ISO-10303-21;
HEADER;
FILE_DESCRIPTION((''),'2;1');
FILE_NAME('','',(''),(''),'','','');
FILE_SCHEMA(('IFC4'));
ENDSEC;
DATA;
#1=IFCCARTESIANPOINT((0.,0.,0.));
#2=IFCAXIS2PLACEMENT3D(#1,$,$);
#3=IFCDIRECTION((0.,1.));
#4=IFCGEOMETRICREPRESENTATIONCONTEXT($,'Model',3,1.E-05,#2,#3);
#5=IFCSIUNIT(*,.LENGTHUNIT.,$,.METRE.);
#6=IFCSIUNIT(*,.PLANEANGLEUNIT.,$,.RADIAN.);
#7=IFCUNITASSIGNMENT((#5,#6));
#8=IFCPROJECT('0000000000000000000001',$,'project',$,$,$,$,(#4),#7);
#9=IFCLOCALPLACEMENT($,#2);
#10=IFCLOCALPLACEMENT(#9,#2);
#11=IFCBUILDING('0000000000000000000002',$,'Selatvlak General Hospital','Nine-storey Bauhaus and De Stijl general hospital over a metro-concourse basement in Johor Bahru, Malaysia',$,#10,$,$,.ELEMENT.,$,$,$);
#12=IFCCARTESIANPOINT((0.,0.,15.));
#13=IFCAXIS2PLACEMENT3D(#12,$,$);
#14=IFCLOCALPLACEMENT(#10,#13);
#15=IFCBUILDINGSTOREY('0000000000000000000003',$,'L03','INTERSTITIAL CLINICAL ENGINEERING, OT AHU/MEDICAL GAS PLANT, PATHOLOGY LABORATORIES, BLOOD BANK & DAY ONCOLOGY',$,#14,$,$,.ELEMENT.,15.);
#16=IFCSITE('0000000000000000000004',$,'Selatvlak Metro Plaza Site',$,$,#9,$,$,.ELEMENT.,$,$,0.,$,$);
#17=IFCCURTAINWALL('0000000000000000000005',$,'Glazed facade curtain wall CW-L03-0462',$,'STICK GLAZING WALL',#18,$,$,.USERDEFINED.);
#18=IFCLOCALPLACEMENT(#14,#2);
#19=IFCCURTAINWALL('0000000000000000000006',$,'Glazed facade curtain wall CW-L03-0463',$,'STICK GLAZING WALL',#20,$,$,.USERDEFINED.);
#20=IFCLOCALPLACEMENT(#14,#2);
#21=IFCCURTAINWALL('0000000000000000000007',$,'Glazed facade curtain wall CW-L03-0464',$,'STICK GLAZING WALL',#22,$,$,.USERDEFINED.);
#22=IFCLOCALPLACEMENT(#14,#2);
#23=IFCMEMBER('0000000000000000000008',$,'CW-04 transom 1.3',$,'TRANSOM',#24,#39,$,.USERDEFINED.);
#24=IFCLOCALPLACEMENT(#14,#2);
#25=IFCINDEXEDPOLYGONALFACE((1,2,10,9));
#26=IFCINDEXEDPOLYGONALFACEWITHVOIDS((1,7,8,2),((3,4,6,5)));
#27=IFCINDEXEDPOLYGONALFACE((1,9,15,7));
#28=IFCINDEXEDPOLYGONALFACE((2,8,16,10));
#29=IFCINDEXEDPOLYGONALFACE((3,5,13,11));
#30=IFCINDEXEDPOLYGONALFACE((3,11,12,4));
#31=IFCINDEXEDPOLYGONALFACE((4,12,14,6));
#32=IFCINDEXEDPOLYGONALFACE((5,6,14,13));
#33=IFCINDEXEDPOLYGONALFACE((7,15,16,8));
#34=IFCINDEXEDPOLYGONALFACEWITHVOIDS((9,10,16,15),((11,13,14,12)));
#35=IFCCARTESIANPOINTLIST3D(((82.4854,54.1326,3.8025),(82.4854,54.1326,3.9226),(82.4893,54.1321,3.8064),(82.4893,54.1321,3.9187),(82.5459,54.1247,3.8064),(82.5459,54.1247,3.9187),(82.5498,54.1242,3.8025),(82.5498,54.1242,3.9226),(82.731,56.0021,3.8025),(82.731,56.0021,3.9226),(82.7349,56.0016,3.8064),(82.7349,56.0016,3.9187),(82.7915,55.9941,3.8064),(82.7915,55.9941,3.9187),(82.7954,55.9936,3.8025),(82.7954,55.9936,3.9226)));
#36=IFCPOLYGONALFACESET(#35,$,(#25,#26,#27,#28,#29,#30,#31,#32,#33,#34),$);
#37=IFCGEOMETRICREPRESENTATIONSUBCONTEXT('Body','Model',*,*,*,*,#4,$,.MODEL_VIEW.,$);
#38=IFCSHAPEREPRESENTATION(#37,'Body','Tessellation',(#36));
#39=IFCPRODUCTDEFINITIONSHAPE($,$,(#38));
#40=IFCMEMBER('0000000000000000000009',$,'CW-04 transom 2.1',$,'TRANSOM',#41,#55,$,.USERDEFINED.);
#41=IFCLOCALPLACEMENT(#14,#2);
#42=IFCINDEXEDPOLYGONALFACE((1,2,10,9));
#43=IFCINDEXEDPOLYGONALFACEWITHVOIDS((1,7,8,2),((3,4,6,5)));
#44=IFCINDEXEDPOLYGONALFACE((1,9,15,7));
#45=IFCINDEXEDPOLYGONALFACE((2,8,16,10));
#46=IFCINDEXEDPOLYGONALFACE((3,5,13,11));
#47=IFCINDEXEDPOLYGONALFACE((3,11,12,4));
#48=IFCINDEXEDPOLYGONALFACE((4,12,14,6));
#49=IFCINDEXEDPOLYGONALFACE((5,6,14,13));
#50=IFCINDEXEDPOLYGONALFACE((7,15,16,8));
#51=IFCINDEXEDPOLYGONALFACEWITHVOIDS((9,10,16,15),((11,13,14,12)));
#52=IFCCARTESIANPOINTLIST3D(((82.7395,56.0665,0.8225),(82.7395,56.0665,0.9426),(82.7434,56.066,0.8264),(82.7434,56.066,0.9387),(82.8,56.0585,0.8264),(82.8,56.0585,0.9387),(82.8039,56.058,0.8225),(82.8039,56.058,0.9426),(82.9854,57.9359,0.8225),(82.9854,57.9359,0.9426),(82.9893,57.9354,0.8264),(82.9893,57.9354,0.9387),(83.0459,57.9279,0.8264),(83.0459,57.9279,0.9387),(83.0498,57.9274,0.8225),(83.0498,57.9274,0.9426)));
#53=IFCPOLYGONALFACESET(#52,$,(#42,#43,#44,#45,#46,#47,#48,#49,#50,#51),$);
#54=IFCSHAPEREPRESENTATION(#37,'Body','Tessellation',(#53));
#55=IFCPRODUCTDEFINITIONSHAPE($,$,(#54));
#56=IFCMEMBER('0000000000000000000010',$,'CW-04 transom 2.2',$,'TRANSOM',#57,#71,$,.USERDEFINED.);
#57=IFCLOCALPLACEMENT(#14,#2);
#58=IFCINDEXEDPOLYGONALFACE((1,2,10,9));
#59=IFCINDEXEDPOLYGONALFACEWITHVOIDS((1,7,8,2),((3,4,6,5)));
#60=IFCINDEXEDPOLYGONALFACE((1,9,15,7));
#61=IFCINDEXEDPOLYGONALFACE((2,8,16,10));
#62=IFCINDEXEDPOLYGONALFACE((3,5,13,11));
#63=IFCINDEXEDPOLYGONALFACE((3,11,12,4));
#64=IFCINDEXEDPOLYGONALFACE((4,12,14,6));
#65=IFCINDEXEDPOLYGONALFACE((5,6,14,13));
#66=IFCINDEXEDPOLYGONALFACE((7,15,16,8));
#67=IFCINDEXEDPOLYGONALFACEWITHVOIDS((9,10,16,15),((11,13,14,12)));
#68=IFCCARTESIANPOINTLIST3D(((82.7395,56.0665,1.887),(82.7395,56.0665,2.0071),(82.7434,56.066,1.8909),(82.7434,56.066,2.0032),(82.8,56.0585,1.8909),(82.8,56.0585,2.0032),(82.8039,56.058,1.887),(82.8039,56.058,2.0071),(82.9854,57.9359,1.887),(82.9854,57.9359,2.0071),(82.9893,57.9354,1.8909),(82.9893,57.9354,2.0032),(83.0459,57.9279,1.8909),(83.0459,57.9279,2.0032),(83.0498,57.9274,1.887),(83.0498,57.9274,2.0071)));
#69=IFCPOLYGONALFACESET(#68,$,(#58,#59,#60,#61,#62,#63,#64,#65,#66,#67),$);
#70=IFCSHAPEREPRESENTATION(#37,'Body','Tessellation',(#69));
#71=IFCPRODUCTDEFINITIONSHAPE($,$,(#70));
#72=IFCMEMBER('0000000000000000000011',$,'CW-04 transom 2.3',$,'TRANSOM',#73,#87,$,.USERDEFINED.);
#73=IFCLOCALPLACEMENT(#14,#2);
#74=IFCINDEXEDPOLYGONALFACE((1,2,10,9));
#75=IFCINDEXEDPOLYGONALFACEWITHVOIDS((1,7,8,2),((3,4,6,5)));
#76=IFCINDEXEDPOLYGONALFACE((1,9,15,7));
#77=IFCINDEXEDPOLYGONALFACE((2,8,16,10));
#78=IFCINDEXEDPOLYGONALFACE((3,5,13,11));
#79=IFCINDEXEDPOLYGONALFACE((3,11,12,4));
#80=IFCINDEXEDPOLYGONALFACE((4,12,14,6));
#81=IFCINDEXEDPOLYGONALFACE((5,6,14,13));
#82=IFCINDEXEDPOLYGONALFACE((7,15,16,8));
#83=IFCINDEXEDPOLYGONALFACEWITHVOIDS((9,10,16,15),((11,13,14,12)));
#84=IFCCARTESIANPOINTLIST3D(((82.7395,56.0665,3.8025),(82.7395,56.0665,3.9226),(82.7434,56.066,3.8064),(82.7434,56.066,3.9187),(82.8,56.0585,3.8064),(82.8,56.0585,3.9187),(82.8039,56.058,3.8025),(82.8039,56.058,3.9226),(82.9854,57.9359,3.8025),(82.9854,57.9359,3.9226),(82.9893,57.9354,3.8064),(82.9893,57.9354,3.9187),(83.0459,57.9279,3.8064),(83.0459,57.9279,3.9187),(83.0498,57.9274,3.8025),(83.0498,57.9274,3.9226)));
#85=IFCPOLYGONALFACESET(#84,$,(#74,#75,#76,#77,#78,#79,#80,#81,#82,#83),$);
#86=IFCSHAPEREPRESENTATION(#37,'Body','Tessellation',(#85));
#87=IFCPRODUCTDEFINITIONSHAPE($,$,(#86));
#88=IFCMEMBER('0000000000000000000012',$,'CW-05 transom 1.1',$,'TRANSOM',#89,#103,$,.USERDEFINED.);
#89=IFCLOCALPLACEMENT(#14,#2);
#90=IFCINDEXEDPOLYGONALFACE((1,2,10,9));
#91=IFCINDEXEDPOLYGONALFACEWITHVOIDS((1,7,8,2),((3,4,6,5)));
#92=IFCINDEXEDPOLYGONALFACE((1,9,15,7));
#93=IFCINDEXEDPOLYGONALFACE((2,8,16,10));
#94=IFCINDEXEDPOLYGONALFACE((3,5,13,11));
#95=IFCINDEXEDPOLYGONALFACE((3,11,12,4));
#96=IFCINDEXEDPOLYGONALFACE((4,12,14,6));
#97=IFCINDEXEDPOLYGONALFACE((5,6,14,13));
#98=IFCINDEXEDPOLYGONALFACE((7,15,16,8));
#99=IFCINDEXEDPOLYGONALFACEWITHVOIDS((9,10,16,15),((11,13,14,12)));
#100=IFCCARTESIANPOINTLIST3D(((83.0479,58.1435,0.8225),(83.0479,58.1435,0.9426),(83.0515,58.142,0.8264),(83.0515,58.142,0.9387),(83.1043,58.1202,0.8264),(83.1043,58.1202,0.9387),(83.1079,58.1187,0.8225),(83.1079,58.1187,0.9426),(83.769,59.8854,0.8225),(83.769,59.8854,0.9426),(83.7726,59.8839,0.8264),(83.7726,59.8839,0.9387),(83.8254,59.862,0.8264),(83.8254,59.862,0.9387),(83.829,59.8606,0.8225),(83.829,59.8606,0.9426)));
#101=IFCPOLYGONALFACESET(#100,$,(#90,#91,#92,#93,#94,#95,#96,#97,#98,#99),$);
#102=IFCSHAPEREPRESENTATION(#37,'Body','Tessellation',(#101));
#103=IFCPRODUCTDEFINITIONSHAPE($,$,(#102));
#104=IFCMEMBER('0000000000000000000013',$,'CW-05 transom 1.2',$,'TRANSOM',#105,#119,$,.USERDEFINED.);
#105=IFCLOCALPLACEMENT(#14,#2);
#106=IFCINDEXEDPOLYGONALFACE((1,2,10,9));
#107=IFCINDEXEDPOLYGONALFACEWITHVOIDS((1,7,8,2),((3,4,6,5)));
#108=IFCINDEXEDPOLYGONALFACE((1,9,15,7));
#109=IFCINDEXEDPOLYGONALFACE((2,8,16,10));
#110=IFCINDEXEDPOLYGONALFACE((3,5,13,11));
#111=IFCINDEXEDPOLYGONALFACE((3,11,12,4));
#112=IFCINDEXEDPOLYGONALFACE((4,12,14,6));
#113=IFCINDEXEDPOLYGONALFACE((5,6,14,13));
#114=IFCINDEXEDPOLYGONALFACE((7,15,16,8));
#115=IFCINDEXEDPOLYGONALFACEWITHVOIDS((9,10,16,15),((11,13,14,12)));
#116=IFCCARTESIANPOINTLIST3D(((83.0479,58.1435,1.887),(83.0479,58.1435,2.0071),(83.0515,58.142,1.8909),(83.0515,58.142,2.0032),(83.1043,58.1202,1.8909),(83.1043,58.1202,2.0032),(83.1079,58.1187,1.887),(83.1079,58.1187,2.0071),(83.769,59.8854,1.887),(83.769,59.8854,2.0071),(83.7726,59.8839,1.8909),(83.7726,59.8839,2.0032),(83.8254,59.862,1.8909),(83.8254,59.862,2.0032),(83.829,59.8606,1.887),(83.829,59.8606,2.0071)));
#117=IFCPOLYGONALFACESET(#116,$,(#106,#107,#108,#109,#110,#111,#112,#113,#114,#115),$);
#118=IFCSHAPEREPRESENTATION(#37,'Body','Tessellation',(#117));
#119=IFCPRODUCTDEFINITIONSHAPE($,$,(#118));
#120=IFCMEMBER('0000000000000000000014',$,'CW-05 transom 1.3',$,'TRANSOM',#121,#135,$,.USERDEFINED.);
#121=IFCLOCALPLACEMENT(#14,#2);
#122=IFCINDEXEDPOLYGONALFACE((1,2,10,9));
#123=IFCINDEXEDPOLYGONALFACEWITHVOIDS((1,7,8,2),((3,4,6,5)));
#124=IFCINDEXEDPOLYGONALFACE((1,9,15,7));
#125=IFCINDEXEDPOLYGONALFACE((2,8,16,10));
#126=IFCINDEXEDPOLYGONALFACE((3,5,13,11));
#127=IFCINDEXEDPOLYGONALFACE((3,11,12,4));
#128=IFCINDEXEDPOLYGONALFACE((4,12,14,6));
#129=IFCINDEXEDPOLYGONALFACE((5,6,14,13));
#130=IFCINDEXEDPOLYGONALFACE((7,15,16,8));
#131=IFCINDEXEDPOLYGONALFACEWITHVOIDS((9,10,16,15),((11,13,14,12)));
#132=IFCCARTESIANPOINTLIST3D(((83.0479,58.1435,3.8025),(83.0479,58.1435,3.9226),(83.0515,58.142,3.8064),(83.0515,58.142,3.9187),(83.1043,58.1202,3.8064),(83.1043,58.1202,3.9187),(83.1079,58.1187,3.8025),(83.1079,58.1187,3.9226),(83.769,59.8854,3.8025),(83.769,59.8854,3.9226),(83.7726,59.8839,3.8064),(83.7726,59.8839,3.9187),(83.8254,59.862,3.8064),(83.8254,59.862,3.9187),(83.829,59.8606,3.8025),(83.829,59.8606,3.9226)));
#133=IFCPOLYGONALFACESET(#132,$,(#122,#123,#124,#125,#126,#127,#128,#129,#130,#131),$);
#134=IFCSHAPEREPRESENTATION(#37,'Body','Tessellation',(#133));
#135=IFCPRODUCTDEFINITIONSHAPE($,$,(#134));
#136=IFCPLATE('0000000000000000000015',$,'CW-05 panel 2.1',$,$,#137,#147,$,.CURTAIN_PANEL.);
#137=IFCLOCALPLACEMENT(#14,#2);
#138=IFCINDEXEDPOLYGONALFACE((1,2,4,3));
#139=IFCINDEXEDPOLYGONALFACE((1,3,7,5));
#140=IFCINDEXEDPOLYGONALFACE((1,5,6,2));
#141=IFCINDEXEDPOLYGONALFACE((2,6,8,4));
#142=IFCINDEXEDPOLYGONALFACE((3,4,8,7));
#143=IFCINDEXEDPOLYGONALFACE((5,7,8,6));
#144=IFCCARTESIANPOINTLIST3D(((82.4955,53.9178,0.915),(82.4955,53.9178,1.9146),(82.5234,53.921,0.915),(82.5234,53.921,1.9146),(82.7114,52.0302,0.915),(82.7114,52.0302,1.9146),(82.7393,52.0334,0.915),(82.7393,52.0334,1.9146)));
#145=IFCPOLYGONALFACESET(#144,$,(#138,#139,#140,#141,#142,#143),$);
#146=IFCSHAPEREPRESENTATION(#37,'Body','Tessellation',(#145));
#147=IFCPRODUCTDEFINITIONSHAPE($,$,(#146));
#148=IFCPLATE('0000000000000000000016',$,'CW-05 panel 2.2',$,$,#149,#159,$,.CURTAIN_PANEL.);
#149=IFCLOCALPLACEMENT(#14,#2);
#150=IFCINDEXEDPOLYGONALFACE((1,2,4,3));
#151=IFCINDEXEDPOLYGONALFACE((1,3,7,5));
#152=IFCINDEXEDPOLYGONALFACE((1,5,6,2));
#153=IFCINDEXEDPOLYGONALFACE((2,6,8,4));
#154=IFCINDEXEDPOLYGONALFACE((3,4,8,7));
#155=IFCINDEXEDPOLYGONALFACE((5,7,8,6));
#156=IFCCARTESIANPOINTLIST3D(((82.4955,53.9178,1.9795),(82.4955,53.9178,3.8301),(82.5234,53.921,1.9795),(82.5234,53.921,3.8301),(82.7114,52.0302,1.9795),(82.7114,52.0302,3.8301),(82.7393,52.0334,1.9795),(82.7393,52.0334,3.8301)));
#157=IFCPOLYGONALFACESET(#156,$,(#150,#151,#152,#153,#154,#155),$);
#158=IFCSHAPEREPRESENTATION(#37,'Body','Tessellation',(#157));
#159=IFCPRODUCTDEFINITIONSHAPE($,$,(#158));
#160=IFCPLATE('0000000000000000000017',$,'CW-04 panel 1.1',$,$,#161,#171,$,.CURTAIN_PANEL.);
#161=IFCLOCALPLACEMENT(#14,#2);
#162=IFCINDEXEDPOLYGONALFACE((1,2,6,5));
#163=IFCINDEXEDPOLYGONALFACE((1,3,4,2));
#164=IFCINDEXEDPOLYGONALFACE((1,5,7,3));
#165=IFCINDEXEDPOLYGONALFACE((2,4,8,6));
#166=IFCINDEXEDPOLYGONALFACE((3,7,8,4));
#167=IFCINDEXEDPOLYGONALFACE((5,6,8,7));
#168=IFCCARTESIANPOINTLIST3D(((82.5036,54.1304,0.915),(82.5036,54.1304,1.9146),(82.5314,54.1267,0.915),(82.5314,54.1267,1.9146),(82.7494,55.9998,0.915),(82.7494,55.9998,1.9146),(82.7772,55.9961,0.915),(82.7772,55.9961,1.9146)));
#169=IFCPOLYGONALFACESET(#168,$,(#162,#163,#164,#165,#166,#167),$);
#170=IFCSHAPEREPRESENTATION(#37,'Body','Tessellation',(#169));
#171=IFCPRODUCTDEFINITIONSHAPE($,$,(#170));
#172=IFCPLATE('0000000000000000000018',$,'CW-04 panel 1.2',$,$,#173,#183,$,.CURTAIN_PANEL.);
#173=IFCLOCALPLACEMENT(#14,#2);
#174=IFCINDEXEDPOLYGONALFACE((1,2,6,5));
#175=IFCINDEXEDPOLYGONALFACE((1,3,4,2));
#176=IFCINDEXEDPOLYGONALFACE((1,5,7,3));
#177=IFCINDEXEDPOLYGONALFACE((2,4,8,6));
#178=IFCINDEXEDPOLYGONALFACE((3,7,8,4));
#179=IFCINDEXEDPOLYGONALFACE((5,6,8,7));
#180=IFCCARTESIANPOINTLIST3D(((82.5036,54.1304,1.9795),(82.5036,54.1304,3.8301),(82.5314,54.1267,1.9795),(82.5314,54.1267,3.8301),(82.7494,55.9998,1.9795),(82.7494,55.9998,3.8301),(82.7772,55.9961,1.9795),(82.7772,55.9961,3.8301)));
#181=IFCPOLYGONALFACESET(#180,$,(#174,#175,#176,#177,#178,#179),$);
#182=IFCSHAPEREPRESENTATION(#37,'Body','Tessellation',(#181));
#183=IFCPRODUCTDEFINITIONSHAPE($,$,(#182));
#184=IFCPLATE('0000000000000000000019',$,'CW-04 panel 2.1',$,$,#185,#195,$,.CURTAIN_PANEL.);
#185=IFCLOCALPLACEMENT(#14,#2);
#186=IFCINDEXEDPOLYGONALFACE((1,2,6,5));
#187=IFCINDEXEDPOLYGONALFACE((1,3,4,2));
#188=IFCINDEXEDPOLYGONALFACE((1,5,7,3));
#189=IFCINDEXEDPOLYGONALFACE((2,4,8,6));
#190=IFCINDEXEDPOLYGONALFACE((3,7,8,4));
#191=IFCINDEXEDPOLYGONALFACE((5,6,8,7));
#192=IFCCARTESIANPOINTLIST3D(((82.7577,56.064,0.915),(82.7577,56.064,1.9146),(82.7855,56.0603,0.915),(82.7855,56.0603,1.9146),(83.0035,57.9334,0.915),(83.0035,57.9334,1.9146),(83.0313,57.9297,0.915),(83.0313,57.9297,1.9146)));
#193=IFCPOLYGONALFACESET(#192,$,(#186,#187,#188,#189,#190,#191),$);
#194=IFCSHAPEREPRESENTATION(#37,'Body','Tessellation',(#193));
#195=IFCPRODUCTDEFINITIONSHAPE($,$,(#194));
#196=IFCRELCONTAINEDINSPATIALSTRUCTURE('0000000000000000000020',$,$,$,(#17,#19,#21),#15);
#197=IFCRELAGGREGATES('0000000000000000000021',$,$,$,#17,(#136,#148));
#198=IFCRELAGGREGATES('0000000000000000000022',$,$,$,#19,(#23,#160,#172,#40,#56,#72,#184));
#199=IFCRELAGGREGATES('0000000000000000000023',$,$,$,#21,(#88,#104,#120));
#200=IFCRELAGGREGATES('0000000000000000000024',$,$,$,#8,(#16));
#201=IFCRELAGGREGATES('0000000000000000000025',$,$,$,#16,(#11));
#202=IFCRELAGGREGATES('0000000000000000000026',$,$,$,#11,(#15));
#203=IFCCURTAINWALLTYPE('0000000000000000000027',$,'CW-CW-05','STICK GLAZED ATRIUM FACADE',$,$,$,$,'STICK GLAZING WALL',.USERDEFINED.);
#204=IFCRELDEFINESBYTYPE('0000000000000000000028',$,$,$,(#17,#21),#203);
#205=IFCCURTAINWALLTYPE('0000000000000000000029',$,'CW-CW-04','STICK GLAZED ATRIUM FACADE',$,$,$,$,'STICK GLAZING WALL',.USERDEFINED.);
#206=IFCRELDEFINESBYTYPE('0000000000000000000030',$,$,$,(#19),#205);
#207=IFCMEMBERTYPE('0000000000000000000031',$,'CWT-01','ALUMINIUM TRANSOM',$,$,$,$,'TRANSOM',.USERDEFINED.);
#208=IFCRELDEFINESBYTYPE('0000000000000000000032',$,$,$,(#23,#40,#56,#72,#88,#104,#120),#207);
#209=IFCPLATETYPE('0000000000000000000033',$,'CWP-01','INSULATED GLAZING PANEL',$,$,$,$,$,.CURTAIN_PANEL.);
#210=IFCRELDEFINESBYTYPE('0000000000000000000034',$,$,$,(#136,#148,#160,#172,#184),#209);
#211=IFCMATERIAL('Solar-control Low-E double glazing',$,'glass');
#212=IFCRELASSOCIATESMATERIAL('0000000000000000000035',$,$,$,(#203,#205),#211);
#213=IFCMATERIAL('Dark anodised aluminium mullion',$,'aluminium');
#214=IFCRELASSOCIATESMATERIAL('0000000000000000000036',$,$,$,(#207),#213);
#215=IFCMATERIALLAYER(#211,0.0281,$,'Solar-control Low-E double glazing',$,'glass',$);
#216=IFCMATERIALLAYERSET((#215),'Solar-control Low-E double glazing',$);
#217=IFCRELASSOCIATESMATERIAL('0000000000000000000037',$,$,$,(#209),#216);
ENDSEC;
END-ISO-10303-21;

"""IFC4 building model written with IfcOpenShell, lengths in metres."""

from ifc_helpers import new_model, si_unit, direction, frame, origin, origin_2d, place, context, subcontext, project, spatial, rectangle, hollow_rectangle, extrude, material, layer, layer_set, material_profile, profile_set, type_object, element, aggregate, save


model = new_model("IFC4")

# Units and contexts
model_context = context("Model", 3, precision=1e-05, world=origin(), true_north=direction((0.0, 1.0)))
body_context = subcontext(model_context, "Body", "Model", "MODEL_VIEW")
ifc_project = project(units=[si_unit("LENGTHUNIT", "METRE"), si_unit("PLANEANGLEUNIT", "RADIAN")], contexts=[model_context])

# Site, building, storey
site_placement = place(None, origin())
site = spatial("IfcSite", under=ifc_project, at=site_placement, Name="Selatvlak Metro Plaza Site", CompositionType="ELEMENT", RefElevation=0.0)
building_placement = place(site_placement, origin())
building = spatial("IfcBuilding", under=site, at=building_placement, Name="Selatvlak General Hospital", Description="Nine-storey Bauhaus and De Stijl general hospital over a metro-concourse basement in Johor Bahru, Malaysia", CompositionType="ELEMENT")
storey_placement = place(building_placement, frame((0.0, 0.0, 15.0)))
storey = spatial("IfcBuildingStorey", under=building, at=storey_placement, Name="L03", Description="INTERSTITIAL CLINICAL ENGINEERING, OT AHU/MEDICAL GAS PLANT, PATHOLOGY LABORATORIES, BLOOD BANK & DAY ONCOLOGY", CompositionType="ELEMENT", Elevation=15.0)

# Curtain wall
ifc_material_1 = material(Name="Solar-control Low-E double glazing", Category="glass")
curtain_wall_type_1 = type_object("IfcCurtainWallType", Name="CW-CW-05", Description="STICK GLAZED ATRIUM FACADE", ElementType="STICK GLAZING WALL", PredefinedType="USERDEFINED", material=ifc_material_1)
curtain_wall_1_placement = place(storey_placement, origin())
curtain_wall_1 = element("IfcCurtainWall", 1, at=curtain_wall_1_placement, inside=storey, type_object=curtain_wall_type_1, Name="Glazed facade curtain wall CW-L03-0462", ObjectType="STICK GLAZING WALL", PredefinedType="USERDEFINED")
ifc_material_2 = material(Name="Dark anodised aluminium mullion", Category="aluminium")

# Curtain wall
curtain_wall_type_2 = type_object("IfcCurtainWallType", Name="CW-CW-04", Description="STICK GLAZED ATRIUM FACADE", ElementType="STICK GLAZING WALL", PredefinedType="USERDEFINED", material=ifc_material_1)
curtain_wall_2_placement = place(storey_placement, origin())
curtain_wall_2 = element("IfcCurtainWall", 2, at=curtain_wall_2_placement, inside=storey, type_object=curtain_wall_type_2, Name="Glazed facade curtain wall CW-L03-0463", ObjectType="STICK GLAZING WALL", PredefinedType="USERDEFINED")

# Curtain wall
curtain_wall_3_placement = place(storey_placement, origin())
curtain_wall_3 = element("IfcCurtainWall", 3, at=curtain_wall_3_placement, inside=storey, type_object=curtain_wall_type_1, Name="Glazed facade curtain wall CW-L03-0464", ObjectType="STICK GLAZING WALL", PredefinedType="USERDEFINED")

# Members
ifc_material_profile_1 = material_profile(ifc_material_2, hollow_rectangle(XDim=0.0649, YDim=0.1201, WallThickness=0.0039, at=origin_2d()), Name="AL-TRN 65x120x4")
ifc_profile_set_1 = profile_set([ifc_material_profile_1], Name="Dark anodised aluminium mullion")
member_type_1 = type_object("IfcMemberType", Name="CWT-01", Description="ALUMINIUM TRANSOM", ElementType="TRANSOM", PredefinedType="USERDEFINED", material=ifc_profile_set_1)
member_1_placement = place(storey_placement, frame((82.5176, 54.1284, 3.8625), z_axis=(0.130264, 0.991479, 0.0), x_axis=(-0.991479, 0.130264, 0.0)))
member_1 = element("IfcMember", 4, at=member_1_placement, type_object=member_type_1, Name="CW-04 transom 1.3", ObjectType="TRANSOM", PredefinedType="USERDEFINED", context=body_context, shape_type="SweptSolid", body=[
    extrude(hollow_rectangle(XDim=0.0649, YDim=0.1201, WallThickness=0.0039, at=origin_2d()), origin(), (0.0, 0.0, 1.0), 1.8855),
])
member_2_placement = place(storey_placement, frame((82.7717, 56.0623, 0.8826), z_axis=(0.130391, 0.991463, 0.0), x_axis=(-0.991463, 0.130391, 0.0)))
member_2 = element("IfcMember", 5, at=member_2_placement, type_object=member_type_1, Name="CW-04 transom 2.1", ObjectType="TRANSOM", PredefinedType="USERDEFINED", context=body_context, shape_type="SweptSolid", body=[
    extrude(hollow_rectangle(XDim=0.0649, YDim=0.1201, WallThickness=0.0039, at=origin_2d()), origin(), (0.0, 0.0, 1.0), 1.8855),
])
member_3_placement = place(storey_placement, frame((82.7717, 56.0623, 1.947), z_axis=(0.130391, 0.991463, 0.0), x_axis=(-0.991463, 0.130391, 0.0)))
member_3 = element("IfcMember", 6, at=member_3_placement, type_object=member_type_1, Name="CW-04 transom 2.2", ObjectType="TRANSOM", PredefinedType="USERDEFINED", context=body_context, shape_type="SweptSolid", body=[
    extrude(hollow_rectangle(XDim=0.0649, YDim=0.1201, WallThickness=0.0039, at=origin_2d()), origin(), (0.0, 0.0, 1.0), 1.8855),
])
member_4_placement = place(storey_placement, frame((82.7717, 56.0623, 3.8625), z_axis=(0.130391, 0.991463, 0.0), x_axis=(-0.991463, 0.130391, 0.0)))
member_4 = element("IfcMember", 7, at=member_4_placement, type_object=member_type_1, Name="CW-04 transom 2.3", ObjectType="TRANSOM", PredefinedType="USERDEFINED", context=body_context, shape_type="SweptSolid", body=[
    extrude(hollow_rectangle(XDim=0.0649, YDim=0.1201, WallThickness=0.0039, at=origin_2d()), origin(), (0.0, 0.0, 1.0), 1.8855),
])
member_5_placement = place(storey_placement, frame((83.0779, 58.1311, 0.8826), z_axis=(0.382527, 0.923944, 0.0), x_axis=(-0.923944, 0.382527, 0.0)))
member_5 = element("IfcMember", 8, at=member_5_placement, type_object=member_type_1, Name="CW-05 transom 1.1", ObjectType="TRANSOM", PredefinedType="USERDEFINED", context=body_context, shape_type="SweptSolid", body=[
    extrude(hollow_rectangle(XDim=0.0649, YDim=0.1201, WallThickness=0.0039, at=origin_2d()), origin(), (0.0, 0.0, 1.0), 1.8853),
])
member_6_placement = place(storey_placement, frame((83.0779, 58.1311, 1.947), z_axis=(0.382527, 0.923944, 0.0), x_axis=(-0.923944, 0.382527, 0.0)))
member_6 = element("IfcMember", 9, at=member_6_placement, type_object=member_type_1, Name="CW-05 transom 1.2", ObjectType="TRANSOM", PredefinedType="USERDEFINED", context=body_context, shape_type="SweptSolid", body=[
    extrude(hollow_rectangle(XDim=0.0649, YDim=0.1201, WallThickness=0.0039, at=origin_2d()), origin(), (0.0, 0.0, 1.0), 1.8853),
])
member_7_placement = place(storey_placement, frame((83.0779, 58.1311, 3.8625), z_axis=(0.382527, 0.923944, 0.0), x_axis=(-0.923944, 0.382527, 0.0)))
member_7 = element("IfcMember", 10, at=member_7_placement, type_object=member_type_1, Name="CW-05 transom 1.3", ObjectType="TRANSOM", PredefinedType="USERDEFINED", context=body_context, shape_type="SweptSolid", body=[
    extrude(hollow_rectangle(XDim=0.0649, YDim=0.1201, WallThickness=0.0039, at=origin_2d()), origin(), (0.0, 0.0, 1.0), 1.8853),
])

# Plates
ifc_layer_1 = layer(ifc_material_1, 0.0281, Name="Solar-control Low-E double glazing", Category="glass")
ifc_layer_set_1 = layer_set([ifc_layer_1], Name="Solar-control Low-E double glazing")
plate_type = type_object("IfcPlateType", Name="CWP-01", Description="INSULATED GLAZING PANEL", PredefinedType="CURTAIN_PANEL", material=ifc_layer_set_1)
plate_1_placement = place(storey_placement, frame((82.6174, 52.9756, 0.915), z_axis=(0.0, 0.0, 1.0), x_axis=(-0.113645, 0.993521, 0.0)))
plate_1 = element("IfcPlate", 11, at=plate_1_placement, type_object=plate_type, Name="CW-05 panel 2.1", PredefinedType="CURTAIN_PANEL", context=body_context, shape_type="SweptSolid", body=[
    extrude(rectangle(XDim=1.8999, YDim=0.0281, at=origin_2d()), origin(), (0.0, 0.0, 1.0), 0.9995),
])
plate_2_placement = place(storey_placement, frame((82.6174, 52.9756, 1.9795), z_axis=(0.0, 0.0, 1.0), x_axis=(-0.113645, 0.993521, 0.0)))
plate_2 = element("IfcPlate", 12, at=plate_2_placement, type_object=plate_type, Name="CW-05 panel 2.2", PredefinedType="CURTAIN_PANEL", context=body_context, shape_type="SweptSolid", body=[
    extrude(rectangle(XDim=1.8999, YDim=0.0281, at=origin_2d()), origin(), (0.0, 0.0, 1.0), 1.8506),
])
aggregate(curtain_wall_1, [plate_1, plate_2])
plate_3_placement = place(storey_placement, frame((82.6404, 55.0632, 0.915), z_axis=(0.0, 0.0, 1.0), x_axis=(0.130363, 0.991466, 0.0)))
plate_3 = element("IfcPlate", 13, at=plate_3_placement, type_object=plate_type, Name="CW-04 panel 1.1", PredefinedType="CURTAIN_PANEL", context=body_context, shape_type="SweptSolid", body=[
    extrude(rectangle(XDim=1.8855, YDim=0.0281, at=origin_2d()), origin(), (0.0, 0.0, 1.0), 0.9995),
])
plate_4_placement = place(storey_placement, frame((82.6404, 55.0632, 1.9795), z_axis=(0.0, 0.0, 1.0), x_axis=(0.130363, 0.991466, 0.0)))
plate_4 = element("IfcPlate", 14, at=plate_4_placement, type_object=plate_type, Name="CW-04 panel 1.2", PredefinedType="CURTAIN_PANEL", context=body_context, shape_type="SweptSolid", body=[
    extrude(rectangle(XDim=1.8855, YDim=0.0281, at=origin_2d()), origin(), (0.0, 0.0, 1.0), 1.8506),
])
plate_5_placement = place(storey_placement, frame((82.8945, 56.9968, 0.915), z_axis=(0.0, 0.0, 1.0), x_axis=(0.130363, 0.991466, 0.0)))
plate_5 = element("IfcPlate", 15, at=plate_5_placement, type_object=plate_type, Name="CW-04 panel 2.1", PredefinedType="CURTAIN_PANEL", context=body_context, shape_type="SweptSolid", body=[
    extrude(rectangle(XDim=1.8855, YDim=0.0281, at=origin_2d()), origin(), (0.0, 0.0, 1.0), 0.9995),
])
aggregate(curtain_wall_2, [member_1, plate_3, plate_4, member_2, member_3, member_4, plate_5])
aggregate(curtain_wall_3, [member_5, member_6, member_7])

save(model, "model.ifc")
